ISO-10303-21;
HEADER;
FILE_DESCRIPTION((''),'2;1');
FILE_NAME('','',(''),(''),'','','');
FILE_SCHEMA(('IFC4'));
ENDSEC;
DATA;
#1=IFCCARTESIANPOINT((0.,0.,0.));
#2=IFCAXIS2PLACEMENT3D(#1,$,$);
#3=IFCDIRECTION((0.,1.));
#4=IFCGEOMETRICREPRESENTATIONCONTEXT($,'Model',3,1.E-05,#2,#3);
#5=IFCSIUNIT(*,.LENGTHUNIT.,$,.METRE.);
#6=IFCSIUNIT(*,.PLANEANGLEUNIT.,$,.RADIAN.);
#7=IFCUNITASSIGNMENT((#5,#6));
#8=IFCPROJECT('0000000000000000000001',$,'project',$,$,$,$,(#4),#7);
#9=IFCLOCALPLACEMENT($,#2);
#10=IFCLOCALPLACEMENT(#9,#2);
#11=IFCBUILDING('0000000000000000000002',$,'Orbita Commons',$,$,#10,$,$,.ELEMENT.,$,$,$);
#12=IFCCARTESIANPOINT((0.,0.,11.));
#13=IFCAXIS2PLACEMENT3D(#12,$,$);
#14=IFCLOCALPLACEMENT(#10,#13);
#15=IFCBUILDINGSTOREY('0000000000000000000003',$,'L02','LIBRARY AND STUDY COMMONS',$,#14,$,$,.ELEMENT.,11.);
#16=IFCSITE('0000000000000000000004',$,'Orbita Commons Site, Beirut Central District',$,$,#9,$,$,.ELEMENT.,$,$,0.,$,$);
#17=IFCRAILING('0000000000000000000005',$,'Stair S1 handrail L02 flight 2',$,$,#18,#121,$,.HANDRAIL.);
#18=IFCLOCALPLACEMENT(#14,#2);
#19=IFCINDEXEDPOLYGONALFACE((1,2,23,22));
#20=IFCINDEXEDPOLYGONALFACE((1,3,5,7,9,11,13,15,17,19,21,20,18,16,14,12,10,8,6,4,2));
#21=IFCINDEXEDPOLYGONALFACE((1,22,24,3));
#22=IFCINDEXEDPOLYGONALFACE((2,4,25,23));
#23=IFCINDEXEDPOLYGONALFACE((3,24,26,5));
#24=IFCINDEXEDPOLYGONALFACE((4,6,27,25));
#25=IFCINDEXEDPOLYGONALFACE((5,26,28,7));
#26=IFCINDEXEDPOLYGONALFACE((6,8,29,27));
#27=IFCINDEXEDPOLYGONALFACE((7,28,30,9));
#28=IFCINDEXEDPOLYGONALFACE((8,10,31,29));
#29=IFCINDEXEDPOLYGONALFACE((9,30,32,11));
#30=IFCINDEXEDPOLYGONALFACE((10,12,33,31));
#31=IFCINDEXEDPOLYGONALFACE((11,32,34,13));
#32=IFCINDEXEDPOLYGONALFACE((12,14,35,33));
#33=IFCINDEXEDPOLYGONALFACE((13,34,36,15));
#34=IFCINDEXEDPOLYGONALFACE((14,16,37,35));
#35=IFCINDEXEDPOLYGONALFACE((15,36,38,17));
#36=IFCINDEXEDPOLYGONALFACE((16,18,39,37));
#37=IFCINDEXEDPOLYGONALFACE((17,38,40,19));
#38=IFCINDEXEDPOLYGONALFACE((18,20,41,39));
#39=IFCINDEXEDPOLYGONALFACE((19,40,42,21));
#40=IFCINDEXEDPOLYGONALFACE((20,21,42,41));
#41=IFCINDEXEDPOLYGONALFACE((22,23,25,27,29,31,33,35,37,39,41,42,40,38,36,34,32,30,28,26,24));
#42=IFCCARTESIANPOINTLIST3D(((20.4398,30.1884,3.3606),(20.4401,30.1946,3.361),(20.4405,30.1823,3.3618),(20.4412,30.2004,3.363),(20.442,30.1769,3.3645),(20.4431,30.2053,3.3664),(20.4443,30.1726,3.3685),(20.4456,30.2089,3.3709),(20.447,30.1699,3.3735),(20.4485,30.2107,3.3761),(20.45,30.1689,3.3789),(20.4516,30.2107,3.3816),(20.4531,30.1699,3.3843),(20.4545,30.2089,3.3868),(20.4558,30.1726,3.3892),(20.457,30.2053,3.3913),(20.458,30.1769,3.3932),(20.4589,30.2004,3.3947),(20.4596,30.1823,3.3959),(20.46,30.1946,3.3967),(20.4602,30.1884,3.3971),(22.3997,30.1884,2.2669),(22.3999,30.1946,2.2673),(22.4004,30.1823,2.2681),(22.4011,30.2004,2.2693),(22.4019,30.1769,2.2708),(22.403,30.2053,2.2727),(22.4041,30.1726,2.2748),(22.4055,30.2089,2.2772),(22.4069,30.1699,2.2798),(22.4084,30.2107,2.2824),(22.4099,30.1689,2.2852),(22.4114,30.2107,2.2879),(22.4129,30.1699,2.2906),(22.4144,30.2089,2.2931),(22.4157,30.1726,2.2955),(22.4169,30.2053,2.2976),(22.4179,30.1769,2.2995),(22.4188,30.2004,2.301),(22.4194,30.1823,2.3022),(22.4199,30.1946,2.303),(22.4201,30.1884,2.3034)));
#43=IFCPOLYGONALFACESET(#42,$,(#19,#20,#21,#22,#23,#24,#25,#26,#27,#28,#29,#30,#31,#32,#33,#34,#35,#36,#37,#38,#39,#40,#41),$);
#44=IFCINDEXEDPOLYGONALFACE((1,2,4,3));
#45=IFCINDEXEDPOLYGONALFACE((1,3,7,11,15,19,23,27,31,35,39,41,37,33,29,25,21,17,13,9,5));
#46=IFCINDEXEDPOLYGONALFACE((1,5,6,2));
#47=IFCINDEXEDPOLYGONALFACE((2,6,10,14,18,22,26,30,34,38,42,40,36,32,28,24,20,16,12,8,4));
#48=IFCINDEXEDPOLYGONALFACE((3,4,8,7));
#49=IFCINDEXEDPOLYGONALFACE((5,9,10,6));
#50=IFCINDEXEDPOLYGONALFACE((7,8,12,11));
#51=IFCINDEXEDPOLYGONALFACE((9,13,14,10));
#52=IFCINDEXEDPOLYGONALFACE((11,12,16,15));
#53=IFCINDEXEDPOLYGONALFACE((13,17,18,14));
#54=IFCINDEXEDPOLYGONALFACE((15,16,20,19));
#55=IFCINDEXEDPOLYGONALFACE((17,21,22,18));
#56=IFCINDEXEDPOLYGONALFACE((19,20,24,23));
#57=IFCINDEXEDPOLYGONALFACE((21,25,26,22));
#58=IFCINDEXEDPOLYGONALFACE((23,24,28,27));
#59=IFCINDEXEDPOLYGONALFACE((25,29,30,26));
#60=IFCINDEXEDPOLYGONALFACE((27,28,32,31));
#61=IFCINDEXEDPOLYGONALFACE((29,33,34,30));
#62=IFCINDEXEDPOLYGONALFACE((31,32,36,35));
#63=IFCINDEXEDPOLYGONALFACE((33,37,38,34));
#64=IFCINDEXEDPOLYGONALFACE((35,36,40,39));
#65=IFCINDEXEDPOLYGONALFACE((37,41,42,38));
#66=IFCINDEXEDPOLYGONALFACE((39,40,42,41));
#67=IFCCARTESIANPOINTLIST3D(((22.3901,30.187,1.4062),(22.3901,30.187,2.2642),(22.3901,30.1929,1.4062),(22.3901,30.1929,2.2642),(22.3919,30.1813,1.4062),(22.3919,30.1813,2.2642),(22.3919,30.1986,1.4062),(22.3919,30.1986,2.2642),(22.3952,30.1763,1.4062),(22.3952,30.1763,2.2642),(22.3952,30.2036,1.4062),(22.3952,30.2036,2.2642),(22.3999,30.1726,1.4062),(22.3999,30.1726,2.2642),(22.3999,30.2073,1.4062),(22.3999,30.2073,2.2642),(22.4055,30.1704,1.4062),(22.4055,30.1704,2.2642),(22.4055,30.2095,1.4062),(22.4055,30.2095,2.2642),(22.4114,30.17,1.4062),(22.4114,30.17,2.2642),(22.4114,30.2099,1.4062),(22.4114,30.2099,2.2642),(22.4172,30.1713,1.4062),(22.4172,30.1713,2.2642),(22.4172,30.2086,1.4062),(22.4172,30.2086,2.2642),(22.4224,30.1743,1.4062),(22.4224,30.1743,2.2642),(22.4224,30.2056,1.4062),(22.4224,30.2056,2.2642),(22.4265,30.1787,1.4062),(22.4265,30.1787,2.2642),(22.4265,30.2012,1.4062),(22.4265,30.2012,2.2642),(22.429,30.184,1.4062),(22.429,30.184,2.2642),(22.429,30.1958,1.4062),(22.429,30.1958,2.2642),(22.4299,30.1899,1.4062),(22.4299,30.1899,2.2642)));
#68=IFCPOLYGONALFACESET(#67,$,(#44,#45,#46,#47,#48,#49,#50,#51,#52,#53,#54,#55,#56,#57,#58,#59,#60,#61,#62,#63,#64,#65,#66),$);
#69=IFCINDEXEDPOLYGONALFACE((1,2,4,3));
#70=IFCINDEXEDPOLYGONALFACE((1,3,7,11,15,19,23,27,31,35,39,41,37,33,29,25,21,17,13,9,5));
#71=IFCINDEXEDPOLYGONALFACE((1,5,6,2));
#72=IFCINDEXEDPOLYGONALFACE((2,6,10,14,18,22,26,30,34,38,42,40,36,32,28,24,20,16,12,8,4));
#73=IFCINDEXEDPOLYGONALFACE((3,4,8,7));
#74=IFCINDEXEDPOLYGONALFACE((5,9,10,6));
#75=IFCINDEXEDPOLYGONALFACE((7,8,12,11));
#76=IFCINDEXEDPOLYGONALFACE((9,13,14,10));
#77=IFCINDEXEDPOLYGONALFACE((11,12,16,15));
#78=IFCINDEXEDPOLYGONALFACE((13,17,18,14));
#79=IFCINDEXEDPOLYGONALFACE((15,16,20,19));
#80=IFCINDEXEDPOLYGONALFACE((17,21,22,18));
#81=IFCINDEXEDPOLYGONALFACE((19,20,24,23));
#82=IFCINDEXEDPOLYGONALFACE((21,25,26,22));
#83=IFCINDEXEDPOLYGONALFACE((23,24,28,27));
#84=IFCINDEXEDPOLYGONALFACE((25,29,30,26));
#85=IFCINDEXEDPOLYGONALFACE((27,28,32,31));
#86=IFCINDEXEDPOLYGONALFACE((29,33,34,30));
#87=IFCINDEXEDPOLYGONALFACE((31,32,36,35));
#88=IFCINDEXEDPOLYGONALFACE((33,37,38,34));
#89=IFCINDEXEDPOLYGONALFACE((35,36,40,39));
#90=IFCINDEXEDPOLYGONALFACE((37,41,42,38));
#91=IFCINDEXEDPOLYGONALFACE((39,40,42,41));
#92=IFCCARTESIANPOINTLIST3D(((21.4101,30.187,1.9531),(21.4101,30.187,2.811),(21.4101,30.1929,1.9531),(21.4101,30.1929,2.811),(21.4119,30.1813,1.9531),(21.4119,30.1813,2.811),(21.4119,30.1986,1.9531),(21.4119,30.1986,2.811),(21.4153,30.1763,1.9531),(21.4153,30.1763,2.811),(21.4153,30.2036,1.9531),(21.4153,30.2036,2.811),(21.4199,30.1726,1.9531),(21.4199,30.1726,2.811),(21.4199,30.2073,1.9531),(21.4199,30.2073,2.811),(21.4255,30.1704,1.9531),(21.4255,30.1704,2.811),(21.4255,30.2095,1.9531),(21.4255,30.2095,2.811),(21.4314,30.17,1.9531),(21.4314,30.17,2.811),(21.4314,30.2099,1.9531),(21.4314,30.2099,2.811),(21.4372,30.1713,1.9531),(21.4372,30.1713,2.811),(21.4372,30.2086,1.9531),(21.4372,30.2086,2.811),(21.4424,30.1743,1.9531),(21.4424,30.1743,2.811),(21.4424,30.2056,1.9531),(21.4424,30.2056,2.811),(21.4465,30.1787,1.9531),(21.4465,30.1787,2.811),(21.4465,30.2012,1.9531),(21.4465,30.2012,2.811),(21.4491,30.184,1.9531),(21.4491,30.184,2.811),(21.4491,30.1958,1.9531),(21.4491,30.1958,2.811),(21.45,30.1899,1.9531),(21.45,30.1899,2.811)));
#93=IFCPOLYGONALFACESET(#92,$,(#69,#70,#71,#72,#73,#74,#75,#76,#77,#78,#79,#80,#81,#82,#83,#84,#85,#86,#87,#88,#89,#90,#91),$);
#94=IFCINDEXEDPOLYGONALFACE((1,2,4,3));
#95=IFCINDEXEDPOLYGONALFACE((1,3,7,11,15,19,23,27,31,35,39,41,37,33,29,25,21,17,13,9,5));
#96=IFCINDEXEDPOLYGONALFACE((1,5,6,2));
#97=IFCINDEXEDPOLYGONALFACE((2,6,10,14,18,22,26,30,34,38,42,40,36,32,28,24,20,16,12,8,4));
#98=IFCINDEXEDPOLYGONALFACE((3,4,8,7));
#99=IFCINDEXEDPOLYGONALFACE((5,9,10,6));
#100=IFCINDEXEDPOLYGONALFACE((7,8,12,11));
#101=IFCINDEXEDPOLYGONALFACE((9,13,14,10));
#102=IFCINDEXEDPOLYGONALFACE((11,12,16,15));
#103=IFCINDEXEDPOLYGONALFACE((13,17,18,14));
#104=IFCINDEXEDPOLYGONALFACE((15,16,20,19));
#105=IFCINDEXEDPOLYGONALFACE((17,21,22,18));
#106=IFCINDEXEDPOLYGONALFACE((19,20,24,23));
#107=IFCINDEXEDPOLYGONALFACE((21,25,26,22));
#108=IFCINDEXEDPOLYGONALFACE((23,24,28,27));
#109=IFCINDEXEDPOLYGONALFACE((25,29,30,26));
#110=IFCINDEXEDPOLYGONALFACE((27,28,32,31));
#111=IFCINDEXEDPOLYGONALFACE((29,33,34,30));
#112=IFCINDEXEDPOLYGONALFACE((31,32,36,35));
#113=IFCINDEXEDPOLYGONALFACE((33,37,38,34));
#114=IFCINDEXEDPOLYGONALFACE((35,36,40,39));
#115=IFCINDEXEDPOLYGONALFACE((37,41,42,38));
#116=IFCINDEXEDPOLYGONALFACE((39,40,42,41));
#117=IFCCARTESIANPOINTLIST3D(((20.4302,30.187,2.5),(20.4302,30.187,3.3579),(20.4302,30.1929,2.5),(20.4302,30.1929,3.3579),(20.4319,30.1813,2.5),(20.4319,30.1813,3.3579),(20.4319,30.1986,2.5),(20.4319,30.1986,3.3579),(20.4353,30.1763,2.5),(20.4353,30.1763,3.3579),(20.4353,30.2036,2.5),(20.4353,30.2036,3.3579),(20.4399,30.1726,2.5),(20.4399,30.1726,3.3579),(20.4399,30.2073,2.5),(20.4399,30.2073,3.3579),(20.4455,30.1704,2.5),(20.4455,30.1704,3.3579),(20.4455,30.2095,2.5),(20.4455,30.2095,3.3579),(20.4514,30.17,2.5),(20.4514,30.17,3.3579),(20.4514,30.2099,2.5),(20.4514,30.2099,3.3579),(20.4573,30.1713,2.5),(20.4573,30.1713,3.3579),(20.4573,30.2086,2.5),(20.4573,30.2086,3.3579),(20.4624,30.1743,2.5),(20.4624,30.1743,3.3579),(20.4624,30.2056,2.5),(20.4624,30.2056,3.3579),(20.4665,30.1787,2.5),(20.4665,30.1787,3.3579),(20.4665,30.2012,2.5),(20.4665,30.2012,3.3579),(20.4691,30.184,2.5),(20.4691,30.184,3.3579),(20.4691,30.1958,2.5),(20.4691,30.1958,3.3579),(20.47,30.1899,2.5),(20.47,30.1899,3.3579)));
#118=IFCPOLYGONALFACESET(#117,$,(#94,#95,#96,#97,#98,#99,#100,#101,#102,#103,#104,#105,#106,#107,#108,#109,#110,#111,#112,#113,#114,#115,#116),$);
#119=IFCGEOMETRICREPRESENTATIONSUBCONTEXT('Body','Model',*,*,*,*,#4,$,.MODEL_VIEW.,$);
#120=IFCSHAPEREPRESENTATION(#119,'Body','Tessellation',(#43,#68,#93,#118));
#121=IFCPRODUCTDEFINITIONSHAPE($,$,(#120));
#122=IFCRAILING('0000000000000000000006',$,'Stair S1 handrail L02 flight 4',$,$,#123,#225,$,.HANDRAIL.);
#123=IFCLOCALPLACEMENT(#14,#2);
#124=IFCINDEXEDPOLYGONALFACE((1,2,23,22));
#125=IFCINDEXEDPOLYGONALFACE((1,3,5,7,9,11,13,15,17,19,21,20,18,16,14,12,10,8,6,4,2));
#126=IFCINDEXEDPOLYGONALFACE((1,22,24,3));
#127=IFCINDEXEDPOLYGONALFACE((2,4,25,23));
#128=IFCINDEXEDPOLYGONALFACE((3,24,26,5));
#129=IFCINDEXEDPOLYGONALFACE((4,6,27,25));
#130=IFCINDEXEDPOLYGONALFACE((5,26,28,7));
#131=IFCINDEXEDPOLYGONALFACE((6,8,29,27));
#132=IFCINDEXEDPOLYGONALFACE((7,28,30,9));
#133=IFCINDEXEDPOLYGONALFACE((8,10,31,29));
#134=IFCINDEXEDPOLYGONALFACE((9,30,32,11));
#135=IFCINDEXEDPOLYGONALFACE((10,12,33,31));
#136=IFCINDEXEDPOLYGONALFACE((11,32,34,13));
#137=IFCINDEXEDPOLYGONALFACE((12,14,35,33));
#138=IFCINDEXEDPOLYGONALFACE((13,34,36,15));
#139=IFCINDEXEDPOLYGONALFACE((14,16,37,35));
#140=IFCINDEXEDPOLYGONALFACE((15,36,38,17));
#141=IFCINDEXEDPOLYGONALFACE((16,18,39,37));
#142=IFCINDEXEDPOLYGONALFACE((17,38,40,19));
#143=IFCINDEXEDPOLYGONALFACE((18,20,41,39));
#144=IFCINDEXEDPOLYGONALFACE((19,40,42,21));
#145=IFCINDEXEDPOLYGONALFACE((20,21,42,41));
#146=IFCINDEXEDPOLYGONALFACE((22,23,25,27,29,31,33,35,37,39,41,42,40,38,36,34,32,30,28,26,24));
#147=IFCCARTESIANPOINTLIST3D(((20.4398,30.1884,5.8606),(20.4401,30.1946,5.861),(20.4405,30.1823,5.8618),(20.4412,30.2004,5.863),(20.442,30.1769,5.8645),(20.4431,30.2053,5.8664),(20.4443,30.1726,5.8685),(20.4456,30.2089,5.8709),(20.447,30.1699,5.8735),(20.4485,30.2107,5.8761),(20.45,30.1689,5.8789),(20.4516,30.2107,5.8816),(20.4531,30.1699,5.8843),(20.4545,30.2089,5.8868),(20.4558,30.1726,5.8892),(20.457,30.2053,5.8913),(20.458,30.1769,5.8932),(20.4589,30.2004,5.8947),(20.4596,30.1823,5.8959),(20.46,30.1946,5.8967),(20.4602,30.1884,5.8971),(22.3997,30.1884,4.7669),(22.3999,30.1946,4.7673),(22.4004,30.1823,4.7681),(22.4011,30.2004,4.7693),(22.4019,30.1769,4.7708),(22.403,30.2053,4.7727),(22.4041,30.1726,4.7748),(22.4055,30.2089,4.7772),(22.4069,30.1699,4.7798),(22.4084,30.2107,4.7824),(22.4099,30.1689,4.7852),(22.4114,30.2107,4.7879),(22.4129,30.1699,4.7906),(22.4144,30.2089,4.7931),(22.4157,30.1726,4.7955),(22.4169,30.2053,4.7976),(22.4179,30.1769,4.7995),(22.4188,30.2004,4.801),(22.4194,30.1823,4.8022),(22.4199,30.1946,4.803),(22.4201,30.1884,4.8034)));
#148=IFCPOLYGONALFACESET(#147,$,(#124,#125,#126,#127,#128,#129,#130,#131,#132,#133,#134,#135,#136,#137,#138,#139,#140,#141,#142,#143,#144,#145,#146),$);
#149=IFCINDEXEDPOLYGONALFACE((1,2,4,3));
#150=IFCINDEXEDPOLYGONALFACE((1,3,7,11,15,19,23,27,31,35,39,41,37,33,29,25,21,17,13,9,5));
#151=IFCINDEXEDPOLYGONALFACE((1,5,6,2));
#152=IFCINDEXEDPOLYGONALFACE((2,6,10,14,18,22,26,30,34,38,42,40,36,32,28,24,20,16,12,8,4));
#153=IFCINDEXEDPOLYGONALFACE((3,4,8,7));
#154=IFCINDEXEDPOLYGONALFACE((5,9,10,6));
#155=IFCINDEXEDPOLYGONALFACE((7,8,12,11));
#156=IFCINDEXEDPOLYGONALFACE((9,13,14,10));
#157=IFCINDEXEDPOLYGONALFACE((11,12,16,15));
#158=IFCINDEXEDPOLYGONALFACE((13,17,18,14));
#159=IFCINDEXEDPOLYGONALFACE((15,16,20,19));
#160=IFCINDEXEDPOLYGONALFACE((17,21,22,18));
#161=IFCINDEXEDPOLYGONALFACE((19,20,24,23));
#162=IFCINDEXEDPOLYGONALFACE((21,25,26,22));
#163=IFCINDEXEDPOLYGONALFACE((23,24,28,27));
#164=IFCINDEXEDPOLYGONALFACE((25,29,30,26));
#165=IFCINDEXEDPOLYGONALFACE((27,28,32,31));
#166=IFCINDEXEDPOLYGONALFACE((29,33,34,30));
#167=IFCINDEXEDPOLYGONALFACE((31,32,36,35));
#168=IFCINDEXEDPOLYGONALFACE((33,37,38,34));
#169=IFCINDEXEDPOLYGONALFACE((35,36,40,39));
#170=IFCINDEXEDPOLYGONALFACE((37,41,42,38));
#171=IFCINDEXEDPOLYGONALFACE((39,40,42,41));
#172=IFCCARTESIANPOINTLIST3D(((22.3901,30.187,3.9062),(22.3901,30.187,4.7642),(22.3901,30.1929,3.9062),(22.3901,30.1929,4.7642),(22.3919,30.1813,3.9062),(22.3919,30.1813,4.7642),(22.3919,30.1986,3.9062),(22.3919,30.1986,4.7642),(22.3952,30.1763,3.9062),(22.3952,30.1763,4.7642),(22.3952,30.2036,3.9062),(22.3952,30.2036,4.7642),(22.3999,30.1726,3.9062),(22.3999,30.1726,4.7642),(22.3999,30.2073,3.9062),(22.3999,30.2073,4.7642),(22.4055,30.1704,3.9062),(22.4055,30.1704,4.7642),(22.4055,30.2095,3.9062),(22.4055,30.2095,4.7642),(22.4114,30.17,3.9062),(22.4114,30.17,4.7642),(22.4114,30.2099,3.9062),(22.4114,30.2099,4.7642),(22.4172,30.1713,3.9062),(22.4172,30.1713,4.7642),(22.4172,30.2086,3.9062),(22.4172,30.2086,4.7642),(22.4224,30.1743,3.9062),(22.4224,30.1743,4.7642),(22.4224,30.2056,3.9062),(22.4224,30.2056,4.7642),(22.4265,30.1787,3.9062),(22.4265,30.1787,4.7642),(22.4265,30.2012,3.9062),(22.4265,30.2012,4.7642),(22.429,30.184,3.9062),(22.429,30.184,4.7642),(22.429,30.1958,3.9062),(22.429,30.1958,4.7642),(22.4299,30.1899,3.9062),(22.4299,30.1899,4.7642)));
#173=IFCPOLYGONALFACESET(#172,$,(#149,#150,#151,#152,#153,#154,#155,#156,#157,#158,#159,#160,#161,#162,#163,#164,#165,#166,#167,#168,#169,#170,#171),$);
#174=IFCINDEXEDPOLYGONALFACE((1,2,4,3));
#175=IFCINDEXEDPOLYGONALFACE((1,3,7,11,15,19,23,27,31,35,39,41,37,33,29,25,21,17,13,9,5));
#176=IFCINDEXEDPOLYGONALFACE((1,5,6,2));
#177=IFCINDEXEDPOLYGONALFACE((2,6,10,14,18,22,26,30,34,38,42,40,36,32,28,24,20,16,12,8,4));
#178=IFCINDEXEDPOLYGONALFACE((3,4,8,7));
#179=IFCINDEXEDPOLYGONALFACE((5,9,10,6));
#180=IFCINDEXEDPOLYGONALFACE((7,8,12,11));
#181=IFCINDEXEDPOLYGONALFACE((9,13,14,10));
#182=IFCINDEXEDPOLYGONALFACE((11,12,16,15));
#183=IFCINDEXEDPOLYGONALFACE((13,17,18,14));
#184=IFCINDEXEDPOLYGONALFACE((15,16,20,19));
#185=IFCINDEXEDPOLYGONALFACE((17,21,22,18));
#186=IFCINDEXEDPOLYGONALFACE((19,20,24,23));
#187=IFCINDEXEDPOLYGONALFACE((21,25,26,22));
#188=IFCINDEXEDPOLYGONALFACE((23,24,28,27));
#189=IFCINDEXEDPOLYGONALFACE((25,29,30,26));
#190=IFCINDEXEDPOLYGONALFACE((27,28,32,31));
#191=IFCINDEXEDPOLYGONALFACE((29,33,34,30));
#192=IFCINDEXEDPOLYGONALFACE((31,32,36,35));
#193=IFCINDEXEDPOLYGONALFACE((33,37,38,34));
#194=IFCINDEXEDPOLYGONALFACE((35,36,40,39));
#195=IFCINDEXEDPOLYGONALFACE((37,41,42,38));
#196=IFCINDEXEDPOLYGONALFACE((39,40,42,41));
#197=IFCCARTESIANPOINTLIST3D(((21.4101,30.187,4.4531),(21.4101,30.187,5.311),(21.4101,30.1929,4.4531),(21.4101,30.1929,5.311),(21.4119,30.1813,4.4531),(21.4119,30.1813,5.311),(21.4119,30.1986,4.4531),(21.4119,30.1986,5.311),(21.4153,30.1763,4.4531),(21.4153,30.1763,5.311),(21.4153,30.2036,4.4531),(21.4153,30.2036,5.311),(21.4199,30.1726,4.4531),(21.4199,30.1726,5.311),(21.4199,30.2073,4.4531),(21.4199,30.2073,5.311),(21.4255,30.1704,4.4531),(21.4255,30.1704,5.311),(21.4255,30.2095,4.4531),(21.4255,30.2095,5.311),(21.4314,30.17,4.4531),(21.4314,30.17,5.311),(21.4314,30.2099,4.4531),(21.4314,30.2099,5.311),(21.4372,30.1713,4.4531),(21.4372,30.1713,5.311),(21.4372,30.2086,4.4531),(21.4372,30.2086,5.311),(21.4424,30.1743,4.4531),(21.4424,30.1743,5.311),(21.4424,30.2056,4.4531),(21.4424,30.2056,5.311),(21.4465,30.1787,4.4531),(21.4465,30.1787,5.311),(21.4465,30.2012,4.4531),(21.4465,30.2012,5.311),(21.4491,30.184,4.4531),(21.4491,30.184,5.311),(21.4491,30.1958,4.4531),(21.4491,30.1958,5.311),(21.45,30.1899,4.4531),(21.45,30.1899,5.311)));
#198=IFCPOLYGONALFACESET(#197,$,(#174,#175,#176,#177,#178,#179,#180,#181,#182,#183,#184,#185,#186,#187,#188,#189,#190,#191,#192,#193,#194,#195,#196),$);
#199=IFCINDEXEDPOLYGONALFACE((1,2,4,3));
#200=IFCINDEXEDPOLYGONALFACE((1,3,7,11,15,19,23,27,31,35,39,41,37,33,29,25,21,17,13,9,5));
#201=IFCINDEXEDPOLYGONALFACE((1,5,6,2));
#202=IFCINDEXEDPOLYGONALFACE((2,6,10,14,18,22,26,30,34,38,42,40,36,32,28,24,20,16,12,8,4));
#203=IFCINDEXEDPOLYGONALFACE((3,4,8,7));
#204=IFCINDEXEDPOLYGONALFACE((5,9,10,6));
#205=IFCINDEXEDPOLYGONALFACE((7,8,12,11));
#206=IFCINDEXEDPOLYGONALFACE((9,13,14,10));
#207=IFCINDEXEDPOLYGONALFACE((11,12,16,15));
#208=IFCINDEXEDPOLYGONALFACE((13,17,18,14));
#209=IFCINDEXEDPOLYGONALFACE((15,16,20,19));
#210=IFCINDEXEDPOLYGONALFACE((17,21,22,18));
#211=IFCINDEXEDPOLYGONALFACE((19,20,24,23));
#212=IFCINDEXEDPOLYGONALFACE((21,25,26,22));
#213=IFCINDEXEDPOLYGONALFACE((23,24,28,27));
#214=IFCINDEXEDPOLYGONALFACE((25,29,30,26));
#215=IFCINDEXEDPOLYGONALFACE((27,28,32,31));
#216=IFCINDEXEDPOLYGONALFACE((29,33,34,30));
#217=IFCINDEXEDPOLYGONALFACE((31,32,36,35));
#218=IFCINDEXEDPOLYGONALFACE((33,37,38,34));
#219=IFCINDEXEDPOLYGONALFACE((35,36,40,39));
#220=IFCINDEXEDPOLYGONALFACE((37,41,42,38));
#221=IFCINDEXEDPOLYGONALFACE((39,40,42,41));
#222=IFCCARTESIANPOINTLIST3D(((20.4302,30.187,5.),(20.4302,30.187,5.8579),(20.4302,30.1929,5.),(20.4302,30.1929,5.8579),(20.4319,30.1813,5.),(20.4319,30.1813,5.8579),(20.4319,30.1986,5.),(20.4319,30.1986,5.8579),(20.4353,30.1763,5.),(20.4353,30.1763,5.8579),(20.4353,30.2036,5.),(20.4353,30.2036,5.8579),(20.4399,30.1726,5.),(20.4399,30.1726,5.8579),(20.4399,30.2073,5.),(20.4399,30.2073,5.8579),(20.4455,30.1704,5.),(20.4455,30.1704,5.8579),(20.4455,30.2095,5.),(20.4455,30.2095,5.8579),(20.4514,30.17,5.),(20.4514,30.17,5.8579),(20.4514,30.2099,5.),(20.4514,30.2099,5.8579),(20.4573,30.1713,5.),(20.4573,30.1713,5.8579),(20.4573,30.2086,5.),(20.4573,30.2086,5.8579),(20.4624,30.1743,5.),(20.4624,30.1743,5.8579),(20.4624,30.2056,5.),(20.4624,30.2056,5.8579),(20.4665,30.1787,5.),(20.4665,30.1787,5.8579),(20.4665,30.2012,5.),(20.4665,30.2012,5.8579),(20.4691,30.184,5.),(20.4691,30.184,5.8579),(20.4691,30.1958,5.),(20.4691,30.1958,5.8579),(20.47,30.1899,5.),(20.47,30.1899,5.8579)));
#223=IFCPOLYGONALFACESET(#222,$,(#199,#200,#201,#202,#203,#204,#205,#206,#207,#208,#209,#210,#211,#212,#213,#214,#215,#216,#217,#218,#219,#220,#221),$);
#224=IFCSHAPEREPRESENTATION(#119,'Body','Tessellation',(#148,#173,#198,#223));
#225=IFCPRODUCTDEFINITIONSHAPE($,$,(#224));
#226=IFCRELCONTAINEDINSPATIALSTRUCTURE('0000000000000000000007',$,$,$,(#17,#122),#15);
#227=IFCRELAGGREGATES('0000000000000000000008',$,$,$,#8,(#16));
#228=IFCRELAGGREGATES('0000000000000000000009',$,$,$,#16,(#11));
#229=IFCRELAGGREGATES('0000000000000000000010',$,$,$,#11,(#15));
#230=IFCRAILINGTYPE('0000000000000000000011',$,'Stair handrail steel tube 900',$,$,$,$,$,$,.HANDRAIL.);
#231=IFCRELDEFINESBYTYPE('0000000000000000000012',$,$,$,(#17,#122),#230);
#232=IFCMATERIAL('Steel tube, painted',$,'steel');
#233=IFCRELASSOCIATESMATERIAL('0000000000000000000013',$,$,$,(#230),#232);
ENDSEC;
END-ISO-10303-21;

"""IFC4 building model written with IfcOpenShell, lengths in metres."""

from ifc_helpers import new_model, si_unit, direction, frame, origin, origin_2d, place, context, subcontext, project, spatial, circle, extrude, material, type_object, element, save


model = new_model("IFC4")

# Units and contexts
model_context = context("Model", 3, precision=1e-05, world=origin(), true_north=direction((0.0, 1.0)))
body_context = subcontext(model_context, "Body", "Model", "MODEL_VIEW")
ifc_project = project(units=[si_unit("LENGTHUNIT", "METRE"), si_unit("PLANEANGLEUNIT", "RADIAN")], contexts=[model_context])

# Site, building, storey
site_placement = place(None, origin())
site = spatial("IfcSite", under=ifc_project, at=site_placement, Name="Orbita Commons Site, Beirut Central District", CompositionType="ELEMENT", RefElevation=0.0)
building_placement = place(site_placement, origin())
building = spatial("IfcBuilding", under=site, at=building_placement, Name="Orbita Commons", CompositionType="ELEMENT")
storey_placement = place(building_placement, frame((0.0, 0.0, 11.0)))
storey = spatial("IfcBuildingStorey", under=building, at=storey_placement, Name="L02", Description="LIBRARY AND STUDY COMMONS", CompositionType="ELEMENT", Elevation=11.0)

# Railings
ifc_material = material(Name="Steel tube, painted", Category="steel")
railing_type = type_object("IfcRailingType", Name="Stair handrail steel tube 900", PredefinedType="HANDRAIL", material=ifc_material)
for number, where, name in (
    (1, (22.4099, 30.1899, 1.4062), "Stair S1 handrail L02 flight 2"),
    (2, (22.4099, 30.1899, 3.9062), "Stair S1 handrail L02 flight 4"),
):
    element("IfcRailing", number, at=place(storey_placement, frame(where)), inside=storey, type_object=railing_type, Name=name, PredefinedType="HANDRAIL", context=body_context, shape_type="SweptSolid", body=[
        extrude(circle(Radius=0.021, at=origin_2d()), frame((0.0, 0.0, 0.8789), z_axis=(-0.873232, 0.0, 0.487304), x_axis=(0.0, -1.0, 0.0)), (0.0, 0.0, 1.0), 2.2444),
        extrude(circle(Radius=0.02, at=origin_2d()), origin(), (0.0, 0.0, 1.0), 0.8579),
        extrude(circle(Radius=0.02, at=origin_2d()), frame((-0.98, 0.0, 0.5469)), (0.0, 0.0, 1.0), 0.8579),
        extrude(circle(Radius=0.02, at=origin_2d()), frame((-1.96, 0.0, 1.0938)), (0.0, 0.0, 1.0), 0.8579),
    ])

save(model, "model.ifc")
